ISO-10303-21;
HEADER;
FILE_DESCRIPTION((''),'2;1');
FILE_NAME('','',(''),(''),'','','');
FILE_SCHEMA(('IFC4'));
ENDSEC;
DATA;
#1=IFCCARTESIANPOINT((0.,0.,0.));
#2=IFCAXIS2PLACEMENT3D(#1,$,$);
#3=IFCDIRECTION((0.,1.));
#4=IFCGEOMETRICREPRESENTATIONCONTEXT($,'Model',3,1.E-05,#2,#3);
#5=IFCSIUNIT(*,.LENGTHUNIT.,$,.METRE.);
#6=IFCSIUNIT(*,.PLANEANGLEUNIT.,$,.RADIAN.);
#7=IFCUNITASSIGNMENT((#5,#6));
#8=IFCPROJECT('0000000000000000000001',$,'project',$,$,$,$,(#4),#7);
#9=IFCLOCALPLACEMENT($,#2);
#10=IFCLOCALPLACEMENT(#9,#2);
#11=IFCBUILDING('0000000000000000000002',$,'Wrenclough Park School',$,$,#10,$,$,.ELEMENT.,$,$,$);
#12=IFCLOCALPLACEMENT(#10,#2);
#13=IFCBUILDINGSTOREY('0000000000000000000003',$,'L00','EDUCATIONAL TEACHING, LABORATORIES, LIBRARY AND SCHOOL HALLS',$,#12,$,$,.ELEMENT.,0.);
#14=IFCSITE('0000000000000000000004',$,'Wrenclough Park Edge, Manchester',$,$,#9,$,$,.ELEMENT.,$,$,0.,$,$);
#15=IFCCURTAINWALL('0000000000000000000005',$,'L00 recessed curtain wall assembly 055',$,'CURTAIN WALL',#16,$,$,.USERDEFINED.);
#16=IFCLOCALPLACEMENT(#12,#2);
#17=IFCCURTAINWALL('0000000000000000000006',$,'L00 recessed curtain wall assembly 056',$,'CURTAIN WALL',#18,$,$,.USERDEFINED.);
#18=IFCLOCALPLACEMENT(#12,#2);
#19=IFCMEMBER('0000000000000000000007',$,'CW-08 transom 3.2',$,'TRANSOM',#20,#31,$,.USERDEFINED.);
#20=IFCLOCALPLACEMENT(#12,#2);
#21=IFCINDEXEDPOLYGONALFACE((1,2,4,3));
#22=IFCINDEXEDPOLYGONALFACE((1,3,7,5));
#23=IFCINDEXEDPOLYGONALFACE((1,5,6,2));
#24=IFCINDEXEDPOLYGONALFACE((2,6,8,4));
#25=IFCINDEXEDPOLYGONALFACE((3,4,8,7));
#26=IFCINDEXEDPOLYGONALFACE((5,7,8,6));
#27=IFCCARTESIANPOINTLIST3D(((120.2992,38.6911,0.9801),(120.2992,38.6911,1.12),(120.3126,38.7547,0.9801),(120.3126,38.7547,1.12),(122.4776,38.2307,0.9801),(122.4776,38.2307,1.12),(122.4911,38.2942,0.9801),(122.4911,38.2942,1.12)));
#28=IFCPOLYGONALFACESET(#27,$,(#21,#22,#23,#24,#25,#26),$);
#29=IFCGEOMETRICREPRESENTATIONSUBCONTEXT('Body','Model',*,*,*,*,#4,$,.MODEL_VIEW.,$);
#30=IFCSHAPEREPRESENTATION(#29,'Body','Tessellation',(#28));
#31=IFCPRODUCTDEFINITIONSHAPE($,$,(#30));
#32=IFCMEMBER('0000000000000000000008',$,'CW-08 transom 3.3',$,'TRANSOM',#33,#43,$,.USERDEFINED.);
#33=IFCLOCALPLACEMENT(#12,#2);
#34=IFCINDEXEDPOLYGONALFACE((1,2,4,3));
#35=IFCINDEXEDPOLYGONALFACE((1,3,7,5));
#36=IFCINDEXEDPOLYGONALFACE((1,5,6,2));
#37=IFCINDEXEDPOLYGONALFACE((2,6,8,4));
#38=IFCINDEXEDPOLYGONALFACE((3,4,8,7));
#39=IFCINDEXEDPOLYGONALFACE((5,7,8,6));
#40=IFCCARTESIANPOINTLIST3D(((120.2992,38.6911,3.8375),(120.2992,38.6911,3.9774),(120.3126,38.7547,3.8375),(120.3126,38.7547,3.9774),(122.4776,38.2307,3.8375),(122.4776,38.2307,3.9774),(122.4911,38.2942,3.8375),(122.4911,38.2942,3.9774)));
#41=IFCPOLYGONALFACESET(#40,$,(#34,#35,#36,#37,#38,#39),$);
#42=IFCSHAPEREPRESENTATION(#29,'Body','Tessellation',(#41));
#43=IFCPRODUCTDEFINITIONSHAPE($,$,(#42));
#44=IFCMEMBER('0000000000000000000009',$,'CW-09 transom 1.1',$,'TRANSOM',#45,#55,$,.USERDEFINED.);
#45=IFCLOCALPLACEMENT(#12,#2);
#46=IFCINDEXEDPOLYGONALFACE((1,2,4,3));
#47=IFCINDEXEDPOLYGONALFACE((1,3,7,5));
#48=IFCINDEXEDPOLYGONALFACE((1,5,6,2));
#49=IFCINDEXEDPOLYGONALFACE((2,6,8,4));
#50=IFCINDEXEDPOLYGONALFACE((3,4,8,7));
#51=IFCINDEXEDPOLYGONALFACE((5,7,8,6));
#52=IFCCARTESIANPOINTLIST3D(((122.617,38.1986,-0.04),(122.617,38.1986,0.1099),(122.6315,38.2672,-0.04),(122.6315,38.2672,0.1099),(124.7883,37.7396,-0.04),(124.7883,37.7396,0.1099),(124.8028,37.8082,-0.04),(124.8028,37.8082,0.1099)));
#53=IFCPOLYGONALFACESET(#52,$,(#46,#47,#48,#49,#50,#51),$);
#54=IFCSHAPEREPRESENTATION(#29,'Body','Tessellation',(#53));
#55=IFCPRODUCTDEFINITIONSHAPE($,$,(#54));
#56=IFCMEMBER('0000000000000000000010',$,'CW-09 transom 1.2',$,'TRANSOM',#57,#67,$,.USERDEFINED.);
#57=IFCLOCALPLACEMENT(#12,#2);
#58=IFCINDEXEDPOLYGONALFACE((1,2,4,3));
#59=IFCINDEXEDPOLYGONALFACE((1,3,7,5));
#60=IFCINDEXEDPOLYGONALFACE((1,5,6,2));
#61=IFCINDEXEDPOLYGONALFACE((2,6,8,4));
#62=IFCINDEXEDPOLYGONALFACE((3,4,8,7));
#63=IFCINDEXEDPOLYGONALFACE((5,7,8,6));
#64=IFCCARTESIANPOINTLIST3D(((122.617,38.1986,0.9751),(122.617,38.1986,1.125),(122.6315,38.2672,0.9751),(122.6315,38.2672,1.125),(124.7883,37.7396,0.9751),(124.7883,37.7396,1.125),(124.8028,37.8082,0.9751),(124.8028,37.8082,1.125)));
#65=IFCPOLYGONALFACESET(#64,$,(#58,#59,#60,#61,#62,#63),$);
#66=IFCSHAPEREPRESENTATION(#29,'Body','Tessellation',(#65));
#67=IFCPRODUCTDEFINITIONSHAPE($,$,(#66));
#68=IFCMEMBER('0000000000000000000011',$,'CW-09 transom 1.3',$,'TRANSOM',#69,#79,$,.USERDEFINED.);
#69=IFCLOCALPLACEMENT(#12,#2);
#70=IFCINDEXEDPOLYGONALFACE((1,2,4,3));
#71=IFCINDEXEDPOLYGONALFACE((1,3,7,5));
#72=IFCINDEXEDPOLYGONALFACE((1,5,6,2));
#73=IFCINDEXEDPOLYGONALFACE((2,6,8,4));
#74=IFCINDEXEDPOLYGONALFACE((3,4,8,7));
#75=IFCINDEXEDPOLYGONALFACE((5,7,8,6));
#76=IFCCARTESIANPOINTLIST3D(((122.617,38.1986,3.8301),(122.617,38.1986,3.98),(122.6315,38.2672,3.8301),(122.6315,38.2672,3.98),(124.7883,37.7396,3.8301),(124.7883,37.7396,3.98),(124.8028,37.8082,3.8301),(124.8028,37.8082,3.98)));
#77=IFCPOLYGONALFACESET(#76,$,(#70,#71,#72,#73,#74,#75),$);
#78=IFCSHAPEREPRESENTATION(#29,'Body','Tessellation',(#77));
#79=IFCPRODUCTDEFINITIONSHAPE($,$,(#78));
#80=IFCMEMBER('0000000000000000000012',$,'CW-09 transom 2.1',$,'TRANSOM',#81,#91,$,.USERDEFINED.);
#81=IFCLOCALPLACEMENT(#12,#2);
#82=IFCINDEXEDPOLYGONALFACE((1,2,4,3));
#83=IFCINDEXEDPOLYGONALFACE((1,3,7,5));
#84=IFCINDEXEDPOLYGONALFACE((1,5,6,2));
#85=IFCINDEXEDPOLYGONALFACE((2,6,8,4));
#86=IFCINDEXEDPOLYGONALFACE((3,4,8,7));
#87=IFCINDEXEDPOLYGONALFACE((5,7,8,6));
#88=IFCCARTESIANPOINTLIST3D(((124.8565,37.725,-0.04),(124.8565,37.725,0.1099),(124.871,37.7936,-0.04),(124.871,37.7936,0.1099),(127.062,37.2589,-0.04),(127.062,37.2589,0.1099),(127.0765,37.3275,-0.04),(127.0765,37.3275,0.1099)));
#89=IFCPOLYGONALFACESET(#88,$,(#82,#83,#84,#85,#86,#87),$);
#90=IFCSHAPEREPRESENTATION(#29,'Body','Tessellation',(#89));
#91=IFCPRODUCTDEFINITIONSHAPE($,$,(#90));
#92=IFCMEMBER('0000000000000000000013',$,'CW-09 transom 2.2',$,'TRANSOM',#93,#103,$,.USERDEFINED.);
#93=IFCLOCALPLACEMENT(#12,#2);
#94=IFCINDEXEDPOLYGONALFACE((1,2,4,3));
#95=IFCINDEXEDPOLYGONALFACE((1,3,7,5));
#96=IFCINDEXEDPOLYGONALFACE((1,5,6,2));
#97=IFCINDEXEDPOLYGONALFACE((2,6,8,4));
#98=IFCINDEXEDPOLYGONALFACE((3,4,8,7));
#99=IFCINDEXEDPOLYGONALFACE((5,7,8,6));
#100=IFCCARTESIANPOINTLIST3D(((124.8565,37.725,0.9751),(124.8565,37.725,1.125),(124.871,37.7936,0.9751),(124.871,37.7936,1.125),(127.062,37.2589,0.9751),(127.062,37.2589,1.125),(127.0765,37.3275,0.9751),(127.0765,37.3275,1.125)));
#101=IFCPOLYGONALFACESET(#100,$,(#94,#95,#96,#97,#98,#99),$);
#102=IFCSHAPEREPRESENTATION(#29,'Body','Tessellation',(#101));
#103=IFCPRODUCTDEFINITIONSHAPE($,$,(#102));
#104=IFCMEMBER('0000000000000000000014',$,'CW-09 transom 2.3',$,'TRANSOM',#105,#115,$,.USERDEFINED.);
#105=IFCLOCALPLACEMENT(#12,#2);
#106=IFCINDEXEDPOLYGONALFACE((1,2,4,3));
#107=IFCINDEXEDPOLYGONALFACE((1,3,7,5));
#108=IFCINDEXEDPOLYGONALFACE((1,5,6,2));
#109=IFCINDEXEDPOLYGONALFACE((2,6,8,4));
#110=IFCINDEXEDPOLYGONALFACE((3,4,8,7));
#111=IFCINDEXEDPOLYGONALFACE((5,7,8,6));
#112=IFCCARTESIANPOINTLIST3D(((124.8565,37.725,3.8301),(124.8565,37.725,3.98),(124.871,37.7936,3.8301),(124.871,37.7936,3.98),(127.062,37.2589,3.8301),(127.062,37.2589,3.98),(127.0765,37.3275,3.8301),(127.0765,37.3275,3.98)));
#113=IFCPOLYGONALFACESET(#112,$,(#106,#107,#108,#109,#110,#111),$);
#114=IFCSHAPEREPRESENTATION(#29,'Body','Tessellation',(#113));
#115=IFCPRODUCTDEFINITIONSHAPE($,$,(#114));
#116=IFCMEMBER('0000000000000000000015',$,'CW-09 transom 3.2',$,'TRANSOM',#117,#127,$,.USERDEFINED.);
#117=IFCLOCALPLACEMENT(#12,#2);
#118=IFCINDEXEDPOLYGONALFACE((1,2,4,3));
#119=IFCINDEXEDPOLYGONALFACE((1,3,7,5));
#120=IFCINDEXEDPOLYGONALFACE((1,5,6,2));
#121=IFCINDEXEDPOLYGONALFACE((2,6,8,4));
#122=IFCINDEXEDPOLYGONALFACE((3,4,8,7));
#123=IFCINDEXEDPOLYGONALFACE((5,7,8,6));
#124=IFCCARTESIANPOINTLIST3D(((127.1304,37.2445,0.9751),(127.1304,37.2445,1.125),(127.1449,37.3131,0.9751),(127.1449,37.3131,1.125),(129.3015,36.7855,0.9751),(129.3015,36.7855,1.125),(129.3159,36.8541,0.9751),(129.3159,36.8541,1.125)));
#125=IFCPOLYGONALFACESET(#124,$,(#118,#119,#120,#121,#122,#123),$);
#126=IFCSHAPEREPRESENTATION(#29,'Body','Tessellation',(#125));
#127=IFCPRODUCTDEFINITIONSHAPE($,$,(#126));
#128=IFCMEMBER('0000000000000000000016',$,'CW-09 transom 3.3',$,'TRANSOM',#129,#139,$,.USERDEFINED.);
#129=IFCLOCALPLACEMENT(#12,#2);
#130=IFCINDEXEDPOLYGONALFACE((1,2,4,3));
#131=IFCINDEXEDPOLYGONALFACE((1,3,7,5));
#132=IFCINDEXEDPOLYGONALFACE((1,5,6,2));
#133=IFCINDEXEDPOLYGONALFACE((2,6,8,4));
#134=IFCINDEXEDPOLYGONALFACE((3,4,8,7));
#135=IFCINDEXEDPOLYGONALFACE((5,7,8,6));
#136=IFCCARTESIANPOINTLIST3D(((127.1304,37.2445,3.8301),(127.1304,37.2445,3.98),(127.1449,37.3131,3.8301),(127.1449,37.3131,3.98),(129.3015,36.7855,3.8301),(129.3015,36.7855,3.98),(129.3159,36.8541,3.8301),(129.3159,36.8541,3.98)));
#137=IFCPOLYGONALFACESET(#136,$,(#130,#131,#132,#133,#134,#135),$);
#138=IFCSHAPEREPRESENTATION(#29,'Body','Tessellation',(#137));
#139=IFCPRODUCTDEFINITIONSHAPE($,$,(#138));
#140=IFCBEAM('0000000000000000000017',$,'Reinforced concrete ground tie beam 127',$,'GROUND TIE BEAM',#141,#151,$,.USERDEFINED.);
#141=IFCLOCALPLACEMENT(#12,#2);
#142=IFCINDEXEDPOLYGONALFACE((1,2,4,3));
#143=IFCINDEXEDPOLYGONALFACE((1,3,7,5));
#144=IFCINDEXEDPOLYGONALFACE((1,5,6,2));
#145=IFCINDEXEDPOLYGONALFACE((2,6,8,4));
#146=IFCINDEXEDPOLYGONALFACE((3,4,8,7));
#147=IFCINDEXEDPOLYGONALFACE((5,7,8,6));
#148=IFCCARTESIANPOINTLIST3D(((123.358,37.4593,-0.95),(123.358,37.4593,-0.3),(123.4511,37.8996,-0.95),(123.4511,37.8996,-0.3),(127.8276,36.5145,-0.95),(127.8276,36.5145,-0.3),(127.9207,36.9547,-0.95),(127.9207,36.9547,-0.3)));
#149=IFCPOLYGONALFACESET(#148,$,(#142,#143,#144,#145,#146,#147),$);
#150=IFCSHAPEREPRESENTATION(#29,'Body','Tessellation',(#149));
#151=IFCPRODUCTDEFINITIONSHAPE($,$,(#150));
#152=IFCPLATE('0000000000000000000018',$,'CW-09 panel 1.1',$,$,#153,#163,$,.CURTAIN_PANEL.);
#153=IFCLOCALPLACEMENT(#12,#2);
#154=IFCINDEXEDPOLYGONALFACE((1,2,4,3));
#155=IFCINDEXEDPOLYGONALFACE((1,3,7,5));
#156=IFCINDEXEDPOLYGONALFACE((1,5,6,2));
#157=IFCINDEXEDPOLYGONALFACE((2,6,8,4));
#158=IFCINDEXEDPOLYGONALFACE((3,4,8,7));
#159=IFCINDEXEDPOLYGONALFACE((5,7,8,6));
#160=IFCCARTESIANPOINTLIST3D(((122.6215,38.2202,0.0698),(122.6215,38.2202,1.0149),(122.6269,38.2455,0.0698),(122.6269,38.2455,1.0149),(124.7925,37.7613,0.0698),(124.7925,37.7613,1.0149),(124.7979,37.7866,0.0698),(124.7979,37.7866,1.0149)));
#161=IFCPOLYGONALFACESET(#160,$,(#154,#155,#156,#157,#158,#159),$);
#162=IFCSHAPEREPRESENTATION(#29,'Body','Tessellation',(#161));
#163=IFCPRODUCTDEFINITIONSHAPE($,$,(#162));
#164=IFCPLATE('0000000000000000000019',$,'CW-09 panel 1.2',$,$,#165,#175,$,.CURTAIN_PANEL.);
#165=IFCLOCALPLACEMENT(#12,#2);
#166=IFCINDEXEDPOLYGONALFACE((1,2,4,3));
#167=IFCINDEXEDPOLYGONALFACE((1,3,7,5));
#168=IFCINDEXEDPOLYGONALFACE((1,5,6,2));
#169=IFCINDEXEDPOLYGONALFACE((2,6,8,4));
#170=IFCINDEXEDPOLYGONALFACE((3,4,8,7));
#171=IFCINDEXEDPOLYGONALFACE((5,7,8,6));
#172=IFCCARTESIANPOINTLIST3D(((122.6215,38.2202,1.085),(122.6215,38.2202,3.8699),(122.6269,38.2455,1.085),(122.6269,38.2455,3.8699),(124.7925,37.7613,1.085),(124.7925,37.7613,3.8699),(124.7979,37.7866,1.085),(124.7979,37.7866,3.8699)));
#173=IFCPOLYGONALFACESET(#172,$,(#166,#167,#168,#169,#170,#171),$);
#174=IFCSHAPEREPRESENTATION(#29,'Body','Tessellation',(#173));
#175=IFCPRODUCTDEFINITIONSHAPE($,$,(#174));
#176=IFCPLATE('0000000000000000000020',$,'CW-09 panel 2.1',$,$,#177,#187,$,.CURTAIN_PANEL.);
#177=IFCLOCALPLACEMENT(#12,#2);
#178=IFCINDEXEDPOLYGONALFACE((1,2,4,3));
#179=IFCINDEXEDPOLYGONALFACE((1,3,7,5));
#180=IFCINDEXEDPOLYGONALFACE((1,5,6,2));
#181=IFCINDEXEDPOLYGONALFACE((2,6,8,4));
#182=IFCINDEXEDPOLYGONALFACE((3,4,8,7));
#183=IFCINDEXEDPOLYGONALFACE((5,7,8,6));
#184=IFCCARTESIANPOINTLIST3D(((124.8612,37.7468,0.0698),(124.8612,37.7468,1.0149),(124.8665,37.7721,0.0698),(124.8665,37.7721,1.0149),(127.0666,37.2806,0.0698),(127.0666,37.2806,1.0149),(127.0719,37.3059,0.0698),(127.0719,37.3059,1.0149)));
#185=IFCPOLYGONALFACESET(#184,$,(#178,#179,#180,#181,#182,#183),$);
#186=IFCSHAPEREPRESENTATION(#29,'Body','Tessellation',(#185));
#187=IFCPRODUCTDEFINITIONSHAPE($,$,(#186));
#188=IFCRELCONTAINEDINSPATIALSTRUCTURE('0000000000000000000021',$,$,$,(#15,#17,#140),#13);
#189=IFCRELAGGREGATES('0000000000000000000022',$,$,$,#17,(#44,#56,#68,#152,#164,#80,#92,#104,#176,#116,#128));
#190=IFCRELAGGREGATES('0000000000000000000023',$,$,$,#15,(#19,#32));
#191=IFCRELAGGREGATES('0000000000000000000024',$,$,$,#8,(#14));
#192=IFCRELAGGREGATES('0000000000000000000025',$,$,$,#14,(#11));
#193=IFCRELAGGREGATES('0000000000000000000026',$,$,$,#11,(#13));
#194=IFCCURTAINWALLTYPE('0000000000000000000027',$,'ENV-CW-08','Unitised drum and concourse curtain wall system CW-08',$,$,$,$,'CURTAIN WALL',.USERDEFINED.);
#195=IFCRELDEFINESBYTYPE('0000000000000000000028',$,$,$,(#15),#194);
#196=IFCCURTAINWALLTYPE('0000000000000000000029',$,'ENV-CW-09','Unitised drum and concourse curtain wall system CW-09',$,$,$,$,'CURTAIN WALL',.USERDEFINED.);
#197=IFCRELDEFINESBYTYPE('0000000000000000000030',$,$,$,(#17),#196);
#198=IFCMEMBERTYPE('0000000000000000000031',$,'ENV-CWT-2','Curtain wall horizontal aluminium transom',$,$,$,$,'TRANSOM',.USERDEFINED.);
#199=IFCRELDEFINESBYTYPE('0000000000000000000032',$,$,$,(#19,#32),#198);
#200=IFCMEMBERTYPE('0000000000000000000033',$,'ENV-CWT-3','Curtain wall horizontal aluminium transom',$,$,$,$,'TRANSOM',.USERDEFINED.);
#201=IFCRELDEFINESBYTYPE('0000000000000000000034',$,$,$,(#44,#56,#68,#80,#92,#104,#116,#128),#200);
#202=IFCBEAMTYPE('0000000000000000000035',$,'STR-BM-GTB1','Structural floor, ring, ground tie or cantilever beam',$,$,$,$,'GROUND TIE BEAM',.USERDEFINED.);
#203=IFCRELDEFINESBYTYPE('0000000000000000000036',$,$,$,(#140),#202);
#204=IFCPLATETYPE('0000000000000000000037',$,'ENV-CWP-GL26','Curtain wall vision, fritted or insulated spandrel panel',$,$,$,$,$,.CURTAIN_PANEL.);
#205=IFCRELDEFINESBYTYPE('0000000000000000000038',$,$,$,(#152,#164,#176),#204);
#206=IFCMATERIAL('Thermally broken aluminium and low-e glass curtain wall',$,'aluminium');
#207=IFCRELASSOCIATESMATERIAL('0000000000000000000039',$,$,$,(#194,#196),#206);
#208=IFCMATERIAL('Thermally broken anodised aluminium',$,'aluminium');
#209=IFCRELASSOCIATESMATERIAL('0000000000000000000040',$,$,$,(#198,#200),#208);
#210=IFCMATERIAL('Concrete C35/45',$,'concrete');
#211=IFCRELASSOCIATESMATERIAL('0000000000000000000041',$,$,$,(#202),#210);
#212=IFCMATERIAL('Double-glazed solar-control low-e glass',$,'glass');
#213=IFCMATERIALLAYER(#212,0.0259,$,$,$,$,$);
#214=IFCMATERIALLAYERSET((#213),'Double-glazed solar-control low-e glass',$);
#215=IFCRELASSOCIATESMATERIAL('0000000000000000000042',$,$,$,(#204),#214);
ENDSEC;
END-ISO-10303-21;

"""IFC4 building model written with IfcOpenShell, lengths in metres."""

from ifc_helpers import new_model, si_unit, direction, frame, origin, origin_2d, place, context, subcontext, project, spatial, rectangle, extrude, material, layer, layer_set, material_profile, profile_set, type_object, element, aggregate, save


model = new_model("IFC4")

# Units and contexts
model_context = context("Model", 3, precision=1e-05, world=origin(), true_north=direction((0.0, 1.0)))
body_context = subcontext(model_context, "Body", "Model", "MODEL_VIEW")
ifc_project = project(units=[si_unit("LENGTHUNIT", "METRE"), si_unit("PLANEANGLEUNIT", "RADIAN")], contexts=[model_context])

# Site, building, storey
site_placement = place(None, origin())
site = spatial("IfcSite", under=ifc_project, at=site_placement, Name="Wrenclough Park Edge, Manchester", CompositionType="ELEMENT", RefElevation=0.0)
building_placement = place(site_placement, origin())
building = spatial("IfcBuilding", under=site, at=building_placement, Name="Wrenclough Park School", CompositionType="ELEMENT")
storey_placement = place(building_placement, origin())
storey = spatial("IfcBuildingStorey", under=building, at=storey_placement, Name="L00", Description="EDUCATIONAL TEACHING, LABORATORIES, LIBRARY AND SCHOOL HALLS", CompositionType="ELEMENT", Elevation=0.0)

# Shared definitions
ifc_material_1 = material(Name="Concrete C35/45", Category="concrete")

# Curtain walls
ifc_material_2 = material(Name="Thermally broken aluminium and low-e glass curtain wall", Category="aluminium")
curtain_wall_type_1 = type_object("IfcCurtainWallType", Name="ENV-CW-08", Description="Unitised drum and concourse curtain wall system CW-08", ElementType="CURTAIN WALL", PredefinedType="USERDEFINED", material=ifc_material_2)
curtain_wall_1_placement = place(storey_placement, origin())
curtain_wall_1 = element("IfcCurtainWall", 1, at=curtain_wall_1_placement, inside=storey, type_object=curtain_wall_type_1, Name="L00 recessed curtain wall assembly 055", ObjectType="CURTAIN WALL", PredefinedType="USERDEFINED")
ifc_material_3 = material(Name="Thermally broken anodised aluminium", Category="aluminium")
curtain_wall_type_2 = type_object("IfcCurtainWallType", Name="ENV-CW-09", Description="Unitised drum and concourse curtain wall system CW-09", ElementType="CURTAIN WALL", PredefinedType="USERDEFINED", material=ifc_material_2)
curtain_wall_2_placement = place(storey_placement, origin())
curtain_wall_2 = element("IfcCurtainWall", 2, at=curtain_wall_2_placement, inside=storey, type_object=curtain_wall_type_2, Name="L00 recessed curtain wall assembly 056", ObjectType="CURTAIN WALL", PredefinedType="USERDEFINED")

# Members
ifc_material_profile_1 = material_profile(ifc_material_3, rectangle(XDim=0.0649, YDim=0.1399, at=origin_2d()), Name="AL TRANSOM 65x140")
ifc_profile_set_1 = profile_set([ifc_material_profile_1], Name="Thermally broken anodised aluminium")
member_type_1 = type_object("IfcMemberType", Name="ENV-CWT-2", Description="Curtain wall horizontal aluminium transom", ElementType="TRANSOM", PredefinedType="USERDEFINED", material=ifc_profile_set_1)
member_1_placement = place(storey_placement, frame((120.3059, 38.7229, 1.05), z_axis=(0.978384, -0.206795, 0.0), x_axis=(0.206795, 0.978384, 0.0)))
member_1 = element("IfcMember", 3, at=member_1_placement, type_object=member_type_1, Name="CW-08 transom 3.2", ObjectType="TRANSOM", PredefinedType="USERDEFINED", context=body_context, shape_type="SweptSolid", body=[
    extrude(rectangle(XDim=0.0649, YDim=0.1399, at=origin_2d()), origin(), (0.0, 0.0, 1.0), 2.2266),
])
member_2_placement = place(storey_placement, frame((120.3059, 38.7229, 3.9075), z_axis=(0.978384, -0.206795, 0.0), x_axis=(0.206795, 0.978384, 0.0)))
member_2 = element("IfcMember", 4, at=member_2_placement, type_object=member_type_1, Name="CW-08 transom 3.3", ObjectType="TRANSOM", PredefinedType="USERDEFINED", context=body_context, shape_type="SweptSolid", body=[
    extrude(rectangle(XDim=0.0649, YDim=0.1399, at=origin_2d()), origin(), (0.0, 0.0, 1.0), 2.2266),
])
ifc_material_profile_2 = material_profile(ifc_material_3, rectangle(XDim=0.0701, YDim=0.1499, at=origin_2d()), Name="AL TRANSOM 70x150")
ifc_profile_set_2 = profile_set([ifc_material_profile_2], Name="Thermally broken anodised aluminium")
member_type_2 = type_object("IfcMemberType", Name="ENV-CWT-3", Description="Curtain wall horizontal aluminium transom", ElementType="TRANSOM", PredefinedType="USERDEFINED", material=ifc_profile_set_2)
member_3_placement = place(storey_placement, frame((122.6243, 38.2329, 0.0349), z_axis=(0.978377, -0.206831, 0.0), x_axis=(0.206831, 0.978377, 0.0)))
member_3 = element("IfcMember", 5, at=member_3_placement, type_object=member_type_2, Name="CW-09 transom 1.1", ObjectType="TRANSOM", PredefinedType="USERDEFINED", context=body_context, shape_type="SweptSolid", body=[
    extrude(rectangle(XDim=0.0701, YDim=0.1499, at=origin_2d()), origin(), (0.0, 0.0, 1.0), 2.2192),
])
member_4_placement = place(storey_placement, frame((122.6243, 38.2329, 1.05), z_axis=(0.978377, -0.206831, 0.0), x_axis=(0.206831, 0.978377, 0.0)))
member_4 = element("IfcMember", 6, at=member_4_placement, type_object=member_type_2, Name="CW-09 transom 1.2", ObjectType="TRANSOM", PredefinedType="USERDEFINED", context=body_context, shape_type="SweptSolid", body=[
    extrude(rectangle(XDim=0.0701, YDim=0.1499, at=origin_2d()), origin(), (0.0, 0.0, 1.0), 2.2192),
])
member_5_placement = place(storey_placement, frame((122.6243, 38.2329, 3.905), z_axis=(0.978377, -0.206831, 0.0), x_axis=(0.206831, 0.978377, 0.0)))
member_5 = element("IfcMember", 7, at=member_5_placement, type_object=member_type_2, Name="CW-09 transom 1.3", ObjectType="TRANSOM", PredefinedType="USERDEFINED", context=body_context, shape_type="SweptSolid", body=[
    extrude(rectangle(XDim=0.0701, YDim=0.1499, at=origin_2d()), origin(), (0.0, 0.0, 1.0), 2.2192),
])
member_6_placement = place(storey_placement, frame((124.8638, 37.7593, 0.0349), z_axis=(0.97839, -0.206769, 0.0), x_axis=(0.206769, 0.97839, 0.0)))
member_6 = element("IfcMember", 8, at=member_6_placement, type_object=member_type_2, Name="CW-09 transom 2.1", ObjectType="TRANSOM", PredefinedType="USERDEFINED", context=body_context, shape_type="SweptSolid", body=[
    extrude(rectangle(XDim=0.0701, YDim=0.1499, at=origin_2d()), origin(), (0.0, 0.0, 1.0), 2.2542),
])
member_7_placement = place(storey_placement, frame((124.8638, 37.7593, 1.05), z_axis=(0.97839, -0.206769, 0.0), x_axis=(0.206769, 0.97839, 0.0)))
member_7 = element("IfcMember", 9, at=member_7_placement, type_object=member_type_2, Name="CW-09 transom 2.2", ObjectType="TRANSOM", PredefinedType="USERDEFINED", context=body_context, shape_type="SweptSolid", body=[
    extrude(rectangle(XDim=0.0701, YDim=0.1499, at=origin_2d()), origin(), (0.0, 0.0, 1.0), 2.2542),
])
member_8_placement = place(storey_placement, frame((124.8638, 37.7593, 3.905), z_axis=(0.97839, -0.206769, 0.0), x_axis=(0.206769, 0.97839, 0.0)))
member_8 = element("IfcMember", 10, at=member_8_placement, type_object=member_type_2, Name="CW-09 transom 2.3", ObjectType="TRANSOM", PredefinedType="USERDEFINED", context=body_context, shape_type="SweptSolid", body=[
    extrude(rectangle(XDim=0.0701, YDim=0.1499, at=origin_2d()), origin(), (0.0, 0.0, 1.0), 2.2542),
])
member_9_placement = place(storey_placement, frame((127.1377, 37.2788, 1.05), z_axis=(0.978372, -0.206853, 0.0), x_axis=(0.206853, 0.978372, 0.0)))
member_9 = element("IfcMember", 11, at=member_9_placement, type_object=member_type_2, Name="CW-09 transom 3.2", ObjectType="TRANSOM", PredefinedType="USERDEFINED", context=body_context, shape_type="SweptSolid", body=[
    extrude(rectangle(XDim=0.0701, YDim=0.1499, at=origin_2d()), origin(), (0.0, 0.0, 1.0), 2.219),
])
member_10_placement = place(storey_placement, frame((127.1377, 37.2788, 3.905), z_axis=(0.978372, -0.206853, 0.0), x_axis=(0.206853, 0.978372, 0.0)))
member_10 = element("IfcMember", 12, at=member_10_placement, type_object=member_type_2, Name="CW-09 transom 3.3", ObjectType="TRANSOM", PredefinedType="USERDEFINED", context=body_context, shape_type="SweptSolid", body=[
    extrude(rectangle(XDim=0.0701, YDim=0.1499, at=origin_2d()), origin(), (0.0, 0.0, 1.0), 2.219),
])

# Beam
ifc_material_profile_3 = material_profile(ifc_material_1, rectangle(XDim=0.45, YDim=0.6499, at=origin_2d()), Name="RC GROUND 450x650")
ifc_profile_set_3 = profile_set([ifc_material_profile_3], Name="Concrete C35/45")
beam_type = type_object("IfcBeamType", Name="STR-BM-GTB1", Description="Structural floor, ring, ground tie or cantilever beam", ElementType="GROUND TIE BEAM", PredefinedType="USERDEFINED", material=ifc_profile_set_3)
beam_placement = place(storey_placement, frame((123.4045, 37.6794, -0.625), z_axis=(0.978378, -0.206824, 0.0), x_axis=(0.206824, 0.978378, 0.0)))
element("IfcBeam", 13, at=beam_placement, inside=storey, type_object=beam_type, Name="Reinforced concrete ground tie beam 127", ObjectType="GROUND TIE BEAM", PredefinedType="USERDEFINED", context=body_context, shape_type="SweptSolid", body=[
    extrude(rectangle(XDim=0.45, YDim=0.6499, at=origin_2d()), origin(), (0.0, 0.0, 1.0), 4.5684),
])

# Plates
ifc_material_4 = material(Name="Double-glazed solar-control low-e glass", Category="glass")
ifc_layer_1 = layer(ifc_material_4, 0.0259)
ifc_layer_set_1 = layer_set([ifc_layer_1], Name="Double-glazed solar-control low-e glass")
plate_type_1 = type_object("IfcPlateType", Name="ENV-CWP-GL26", Description="Curtain wall vision, fritted or insulated spandrel panel", PredefinedType="CURTAIN_PANEL", material=ifc_layer_set_1)
plate_1_placement = place(storey_placement, frame((123.7097, 38.0034, 0.0698), z_axis=(0.0, 0.0, 1.0), x_axis=(0.978379, -0.20682, 0.0)))
plate_1 = element("IfcPlate", 14, at=plate_1_placement, type_object=plate_type_1, Name="CW-09 panel 1.1", PredefinedType="CURTAIN_PANEL", context=body_context, shape_type="SweptSolid", body=[
    extrude(rectangle(XDim=2.219, YDim=0.0259, at=origin_2d()), origin(), (0.0, 0.0, 1.0), 0.9451),
])
plate_2_placement = place(storey_placement, frame((123.7097, 38.0034, 1.085), z_axis=(0.0, 0.0, 1.0), x_axis=(0.978379, -0.20682, 0.0)))
plate_2 = element("IfcPlate", 15, at=plate_2_placement, type_object=plate_type_1, Name="CW-09 panel 1.2", PredefinedType="CURTAIN_PANEL", context=body_context, shape_type="SweptSolid", body=[
    extrude(rectangle(XDim=2.219, YDim=0.0259, at=origin_2d()), origin(), (0.0, 0.0, 1.0), 2.7849),
])
plate_3_placement = place(storey_placement, frame((125.9666, 37.5264, 0.0698), z_axis=(0.0, 0.0, 1.0), x_axis=(0.978379, -0.20682, 0.0)))
plate_3 = element("IfcPlate", 16, at=plate_3_placement, type_object=plate_type_1, Name="CW-09 panel 2.1", PredefinedType="CURTAIN_PANEL", context=body_context, shape_type="SweptSolid", body=[
    extrude(rectangle(XDim=2.2542, YDim=0.0259, at=origin_2d()), origin(), (0.0, 0.0, 1.0), 0.9451),
])
aggregate(curtain_wall_2, [member_3, member_4, member_5, plate_1, plate_2, member_6, member_7, member_8, plate_3, member_9, member_10])
aggregate(curtain_wall_1, [member_1, member_2])

save(model, "model.ifc")
